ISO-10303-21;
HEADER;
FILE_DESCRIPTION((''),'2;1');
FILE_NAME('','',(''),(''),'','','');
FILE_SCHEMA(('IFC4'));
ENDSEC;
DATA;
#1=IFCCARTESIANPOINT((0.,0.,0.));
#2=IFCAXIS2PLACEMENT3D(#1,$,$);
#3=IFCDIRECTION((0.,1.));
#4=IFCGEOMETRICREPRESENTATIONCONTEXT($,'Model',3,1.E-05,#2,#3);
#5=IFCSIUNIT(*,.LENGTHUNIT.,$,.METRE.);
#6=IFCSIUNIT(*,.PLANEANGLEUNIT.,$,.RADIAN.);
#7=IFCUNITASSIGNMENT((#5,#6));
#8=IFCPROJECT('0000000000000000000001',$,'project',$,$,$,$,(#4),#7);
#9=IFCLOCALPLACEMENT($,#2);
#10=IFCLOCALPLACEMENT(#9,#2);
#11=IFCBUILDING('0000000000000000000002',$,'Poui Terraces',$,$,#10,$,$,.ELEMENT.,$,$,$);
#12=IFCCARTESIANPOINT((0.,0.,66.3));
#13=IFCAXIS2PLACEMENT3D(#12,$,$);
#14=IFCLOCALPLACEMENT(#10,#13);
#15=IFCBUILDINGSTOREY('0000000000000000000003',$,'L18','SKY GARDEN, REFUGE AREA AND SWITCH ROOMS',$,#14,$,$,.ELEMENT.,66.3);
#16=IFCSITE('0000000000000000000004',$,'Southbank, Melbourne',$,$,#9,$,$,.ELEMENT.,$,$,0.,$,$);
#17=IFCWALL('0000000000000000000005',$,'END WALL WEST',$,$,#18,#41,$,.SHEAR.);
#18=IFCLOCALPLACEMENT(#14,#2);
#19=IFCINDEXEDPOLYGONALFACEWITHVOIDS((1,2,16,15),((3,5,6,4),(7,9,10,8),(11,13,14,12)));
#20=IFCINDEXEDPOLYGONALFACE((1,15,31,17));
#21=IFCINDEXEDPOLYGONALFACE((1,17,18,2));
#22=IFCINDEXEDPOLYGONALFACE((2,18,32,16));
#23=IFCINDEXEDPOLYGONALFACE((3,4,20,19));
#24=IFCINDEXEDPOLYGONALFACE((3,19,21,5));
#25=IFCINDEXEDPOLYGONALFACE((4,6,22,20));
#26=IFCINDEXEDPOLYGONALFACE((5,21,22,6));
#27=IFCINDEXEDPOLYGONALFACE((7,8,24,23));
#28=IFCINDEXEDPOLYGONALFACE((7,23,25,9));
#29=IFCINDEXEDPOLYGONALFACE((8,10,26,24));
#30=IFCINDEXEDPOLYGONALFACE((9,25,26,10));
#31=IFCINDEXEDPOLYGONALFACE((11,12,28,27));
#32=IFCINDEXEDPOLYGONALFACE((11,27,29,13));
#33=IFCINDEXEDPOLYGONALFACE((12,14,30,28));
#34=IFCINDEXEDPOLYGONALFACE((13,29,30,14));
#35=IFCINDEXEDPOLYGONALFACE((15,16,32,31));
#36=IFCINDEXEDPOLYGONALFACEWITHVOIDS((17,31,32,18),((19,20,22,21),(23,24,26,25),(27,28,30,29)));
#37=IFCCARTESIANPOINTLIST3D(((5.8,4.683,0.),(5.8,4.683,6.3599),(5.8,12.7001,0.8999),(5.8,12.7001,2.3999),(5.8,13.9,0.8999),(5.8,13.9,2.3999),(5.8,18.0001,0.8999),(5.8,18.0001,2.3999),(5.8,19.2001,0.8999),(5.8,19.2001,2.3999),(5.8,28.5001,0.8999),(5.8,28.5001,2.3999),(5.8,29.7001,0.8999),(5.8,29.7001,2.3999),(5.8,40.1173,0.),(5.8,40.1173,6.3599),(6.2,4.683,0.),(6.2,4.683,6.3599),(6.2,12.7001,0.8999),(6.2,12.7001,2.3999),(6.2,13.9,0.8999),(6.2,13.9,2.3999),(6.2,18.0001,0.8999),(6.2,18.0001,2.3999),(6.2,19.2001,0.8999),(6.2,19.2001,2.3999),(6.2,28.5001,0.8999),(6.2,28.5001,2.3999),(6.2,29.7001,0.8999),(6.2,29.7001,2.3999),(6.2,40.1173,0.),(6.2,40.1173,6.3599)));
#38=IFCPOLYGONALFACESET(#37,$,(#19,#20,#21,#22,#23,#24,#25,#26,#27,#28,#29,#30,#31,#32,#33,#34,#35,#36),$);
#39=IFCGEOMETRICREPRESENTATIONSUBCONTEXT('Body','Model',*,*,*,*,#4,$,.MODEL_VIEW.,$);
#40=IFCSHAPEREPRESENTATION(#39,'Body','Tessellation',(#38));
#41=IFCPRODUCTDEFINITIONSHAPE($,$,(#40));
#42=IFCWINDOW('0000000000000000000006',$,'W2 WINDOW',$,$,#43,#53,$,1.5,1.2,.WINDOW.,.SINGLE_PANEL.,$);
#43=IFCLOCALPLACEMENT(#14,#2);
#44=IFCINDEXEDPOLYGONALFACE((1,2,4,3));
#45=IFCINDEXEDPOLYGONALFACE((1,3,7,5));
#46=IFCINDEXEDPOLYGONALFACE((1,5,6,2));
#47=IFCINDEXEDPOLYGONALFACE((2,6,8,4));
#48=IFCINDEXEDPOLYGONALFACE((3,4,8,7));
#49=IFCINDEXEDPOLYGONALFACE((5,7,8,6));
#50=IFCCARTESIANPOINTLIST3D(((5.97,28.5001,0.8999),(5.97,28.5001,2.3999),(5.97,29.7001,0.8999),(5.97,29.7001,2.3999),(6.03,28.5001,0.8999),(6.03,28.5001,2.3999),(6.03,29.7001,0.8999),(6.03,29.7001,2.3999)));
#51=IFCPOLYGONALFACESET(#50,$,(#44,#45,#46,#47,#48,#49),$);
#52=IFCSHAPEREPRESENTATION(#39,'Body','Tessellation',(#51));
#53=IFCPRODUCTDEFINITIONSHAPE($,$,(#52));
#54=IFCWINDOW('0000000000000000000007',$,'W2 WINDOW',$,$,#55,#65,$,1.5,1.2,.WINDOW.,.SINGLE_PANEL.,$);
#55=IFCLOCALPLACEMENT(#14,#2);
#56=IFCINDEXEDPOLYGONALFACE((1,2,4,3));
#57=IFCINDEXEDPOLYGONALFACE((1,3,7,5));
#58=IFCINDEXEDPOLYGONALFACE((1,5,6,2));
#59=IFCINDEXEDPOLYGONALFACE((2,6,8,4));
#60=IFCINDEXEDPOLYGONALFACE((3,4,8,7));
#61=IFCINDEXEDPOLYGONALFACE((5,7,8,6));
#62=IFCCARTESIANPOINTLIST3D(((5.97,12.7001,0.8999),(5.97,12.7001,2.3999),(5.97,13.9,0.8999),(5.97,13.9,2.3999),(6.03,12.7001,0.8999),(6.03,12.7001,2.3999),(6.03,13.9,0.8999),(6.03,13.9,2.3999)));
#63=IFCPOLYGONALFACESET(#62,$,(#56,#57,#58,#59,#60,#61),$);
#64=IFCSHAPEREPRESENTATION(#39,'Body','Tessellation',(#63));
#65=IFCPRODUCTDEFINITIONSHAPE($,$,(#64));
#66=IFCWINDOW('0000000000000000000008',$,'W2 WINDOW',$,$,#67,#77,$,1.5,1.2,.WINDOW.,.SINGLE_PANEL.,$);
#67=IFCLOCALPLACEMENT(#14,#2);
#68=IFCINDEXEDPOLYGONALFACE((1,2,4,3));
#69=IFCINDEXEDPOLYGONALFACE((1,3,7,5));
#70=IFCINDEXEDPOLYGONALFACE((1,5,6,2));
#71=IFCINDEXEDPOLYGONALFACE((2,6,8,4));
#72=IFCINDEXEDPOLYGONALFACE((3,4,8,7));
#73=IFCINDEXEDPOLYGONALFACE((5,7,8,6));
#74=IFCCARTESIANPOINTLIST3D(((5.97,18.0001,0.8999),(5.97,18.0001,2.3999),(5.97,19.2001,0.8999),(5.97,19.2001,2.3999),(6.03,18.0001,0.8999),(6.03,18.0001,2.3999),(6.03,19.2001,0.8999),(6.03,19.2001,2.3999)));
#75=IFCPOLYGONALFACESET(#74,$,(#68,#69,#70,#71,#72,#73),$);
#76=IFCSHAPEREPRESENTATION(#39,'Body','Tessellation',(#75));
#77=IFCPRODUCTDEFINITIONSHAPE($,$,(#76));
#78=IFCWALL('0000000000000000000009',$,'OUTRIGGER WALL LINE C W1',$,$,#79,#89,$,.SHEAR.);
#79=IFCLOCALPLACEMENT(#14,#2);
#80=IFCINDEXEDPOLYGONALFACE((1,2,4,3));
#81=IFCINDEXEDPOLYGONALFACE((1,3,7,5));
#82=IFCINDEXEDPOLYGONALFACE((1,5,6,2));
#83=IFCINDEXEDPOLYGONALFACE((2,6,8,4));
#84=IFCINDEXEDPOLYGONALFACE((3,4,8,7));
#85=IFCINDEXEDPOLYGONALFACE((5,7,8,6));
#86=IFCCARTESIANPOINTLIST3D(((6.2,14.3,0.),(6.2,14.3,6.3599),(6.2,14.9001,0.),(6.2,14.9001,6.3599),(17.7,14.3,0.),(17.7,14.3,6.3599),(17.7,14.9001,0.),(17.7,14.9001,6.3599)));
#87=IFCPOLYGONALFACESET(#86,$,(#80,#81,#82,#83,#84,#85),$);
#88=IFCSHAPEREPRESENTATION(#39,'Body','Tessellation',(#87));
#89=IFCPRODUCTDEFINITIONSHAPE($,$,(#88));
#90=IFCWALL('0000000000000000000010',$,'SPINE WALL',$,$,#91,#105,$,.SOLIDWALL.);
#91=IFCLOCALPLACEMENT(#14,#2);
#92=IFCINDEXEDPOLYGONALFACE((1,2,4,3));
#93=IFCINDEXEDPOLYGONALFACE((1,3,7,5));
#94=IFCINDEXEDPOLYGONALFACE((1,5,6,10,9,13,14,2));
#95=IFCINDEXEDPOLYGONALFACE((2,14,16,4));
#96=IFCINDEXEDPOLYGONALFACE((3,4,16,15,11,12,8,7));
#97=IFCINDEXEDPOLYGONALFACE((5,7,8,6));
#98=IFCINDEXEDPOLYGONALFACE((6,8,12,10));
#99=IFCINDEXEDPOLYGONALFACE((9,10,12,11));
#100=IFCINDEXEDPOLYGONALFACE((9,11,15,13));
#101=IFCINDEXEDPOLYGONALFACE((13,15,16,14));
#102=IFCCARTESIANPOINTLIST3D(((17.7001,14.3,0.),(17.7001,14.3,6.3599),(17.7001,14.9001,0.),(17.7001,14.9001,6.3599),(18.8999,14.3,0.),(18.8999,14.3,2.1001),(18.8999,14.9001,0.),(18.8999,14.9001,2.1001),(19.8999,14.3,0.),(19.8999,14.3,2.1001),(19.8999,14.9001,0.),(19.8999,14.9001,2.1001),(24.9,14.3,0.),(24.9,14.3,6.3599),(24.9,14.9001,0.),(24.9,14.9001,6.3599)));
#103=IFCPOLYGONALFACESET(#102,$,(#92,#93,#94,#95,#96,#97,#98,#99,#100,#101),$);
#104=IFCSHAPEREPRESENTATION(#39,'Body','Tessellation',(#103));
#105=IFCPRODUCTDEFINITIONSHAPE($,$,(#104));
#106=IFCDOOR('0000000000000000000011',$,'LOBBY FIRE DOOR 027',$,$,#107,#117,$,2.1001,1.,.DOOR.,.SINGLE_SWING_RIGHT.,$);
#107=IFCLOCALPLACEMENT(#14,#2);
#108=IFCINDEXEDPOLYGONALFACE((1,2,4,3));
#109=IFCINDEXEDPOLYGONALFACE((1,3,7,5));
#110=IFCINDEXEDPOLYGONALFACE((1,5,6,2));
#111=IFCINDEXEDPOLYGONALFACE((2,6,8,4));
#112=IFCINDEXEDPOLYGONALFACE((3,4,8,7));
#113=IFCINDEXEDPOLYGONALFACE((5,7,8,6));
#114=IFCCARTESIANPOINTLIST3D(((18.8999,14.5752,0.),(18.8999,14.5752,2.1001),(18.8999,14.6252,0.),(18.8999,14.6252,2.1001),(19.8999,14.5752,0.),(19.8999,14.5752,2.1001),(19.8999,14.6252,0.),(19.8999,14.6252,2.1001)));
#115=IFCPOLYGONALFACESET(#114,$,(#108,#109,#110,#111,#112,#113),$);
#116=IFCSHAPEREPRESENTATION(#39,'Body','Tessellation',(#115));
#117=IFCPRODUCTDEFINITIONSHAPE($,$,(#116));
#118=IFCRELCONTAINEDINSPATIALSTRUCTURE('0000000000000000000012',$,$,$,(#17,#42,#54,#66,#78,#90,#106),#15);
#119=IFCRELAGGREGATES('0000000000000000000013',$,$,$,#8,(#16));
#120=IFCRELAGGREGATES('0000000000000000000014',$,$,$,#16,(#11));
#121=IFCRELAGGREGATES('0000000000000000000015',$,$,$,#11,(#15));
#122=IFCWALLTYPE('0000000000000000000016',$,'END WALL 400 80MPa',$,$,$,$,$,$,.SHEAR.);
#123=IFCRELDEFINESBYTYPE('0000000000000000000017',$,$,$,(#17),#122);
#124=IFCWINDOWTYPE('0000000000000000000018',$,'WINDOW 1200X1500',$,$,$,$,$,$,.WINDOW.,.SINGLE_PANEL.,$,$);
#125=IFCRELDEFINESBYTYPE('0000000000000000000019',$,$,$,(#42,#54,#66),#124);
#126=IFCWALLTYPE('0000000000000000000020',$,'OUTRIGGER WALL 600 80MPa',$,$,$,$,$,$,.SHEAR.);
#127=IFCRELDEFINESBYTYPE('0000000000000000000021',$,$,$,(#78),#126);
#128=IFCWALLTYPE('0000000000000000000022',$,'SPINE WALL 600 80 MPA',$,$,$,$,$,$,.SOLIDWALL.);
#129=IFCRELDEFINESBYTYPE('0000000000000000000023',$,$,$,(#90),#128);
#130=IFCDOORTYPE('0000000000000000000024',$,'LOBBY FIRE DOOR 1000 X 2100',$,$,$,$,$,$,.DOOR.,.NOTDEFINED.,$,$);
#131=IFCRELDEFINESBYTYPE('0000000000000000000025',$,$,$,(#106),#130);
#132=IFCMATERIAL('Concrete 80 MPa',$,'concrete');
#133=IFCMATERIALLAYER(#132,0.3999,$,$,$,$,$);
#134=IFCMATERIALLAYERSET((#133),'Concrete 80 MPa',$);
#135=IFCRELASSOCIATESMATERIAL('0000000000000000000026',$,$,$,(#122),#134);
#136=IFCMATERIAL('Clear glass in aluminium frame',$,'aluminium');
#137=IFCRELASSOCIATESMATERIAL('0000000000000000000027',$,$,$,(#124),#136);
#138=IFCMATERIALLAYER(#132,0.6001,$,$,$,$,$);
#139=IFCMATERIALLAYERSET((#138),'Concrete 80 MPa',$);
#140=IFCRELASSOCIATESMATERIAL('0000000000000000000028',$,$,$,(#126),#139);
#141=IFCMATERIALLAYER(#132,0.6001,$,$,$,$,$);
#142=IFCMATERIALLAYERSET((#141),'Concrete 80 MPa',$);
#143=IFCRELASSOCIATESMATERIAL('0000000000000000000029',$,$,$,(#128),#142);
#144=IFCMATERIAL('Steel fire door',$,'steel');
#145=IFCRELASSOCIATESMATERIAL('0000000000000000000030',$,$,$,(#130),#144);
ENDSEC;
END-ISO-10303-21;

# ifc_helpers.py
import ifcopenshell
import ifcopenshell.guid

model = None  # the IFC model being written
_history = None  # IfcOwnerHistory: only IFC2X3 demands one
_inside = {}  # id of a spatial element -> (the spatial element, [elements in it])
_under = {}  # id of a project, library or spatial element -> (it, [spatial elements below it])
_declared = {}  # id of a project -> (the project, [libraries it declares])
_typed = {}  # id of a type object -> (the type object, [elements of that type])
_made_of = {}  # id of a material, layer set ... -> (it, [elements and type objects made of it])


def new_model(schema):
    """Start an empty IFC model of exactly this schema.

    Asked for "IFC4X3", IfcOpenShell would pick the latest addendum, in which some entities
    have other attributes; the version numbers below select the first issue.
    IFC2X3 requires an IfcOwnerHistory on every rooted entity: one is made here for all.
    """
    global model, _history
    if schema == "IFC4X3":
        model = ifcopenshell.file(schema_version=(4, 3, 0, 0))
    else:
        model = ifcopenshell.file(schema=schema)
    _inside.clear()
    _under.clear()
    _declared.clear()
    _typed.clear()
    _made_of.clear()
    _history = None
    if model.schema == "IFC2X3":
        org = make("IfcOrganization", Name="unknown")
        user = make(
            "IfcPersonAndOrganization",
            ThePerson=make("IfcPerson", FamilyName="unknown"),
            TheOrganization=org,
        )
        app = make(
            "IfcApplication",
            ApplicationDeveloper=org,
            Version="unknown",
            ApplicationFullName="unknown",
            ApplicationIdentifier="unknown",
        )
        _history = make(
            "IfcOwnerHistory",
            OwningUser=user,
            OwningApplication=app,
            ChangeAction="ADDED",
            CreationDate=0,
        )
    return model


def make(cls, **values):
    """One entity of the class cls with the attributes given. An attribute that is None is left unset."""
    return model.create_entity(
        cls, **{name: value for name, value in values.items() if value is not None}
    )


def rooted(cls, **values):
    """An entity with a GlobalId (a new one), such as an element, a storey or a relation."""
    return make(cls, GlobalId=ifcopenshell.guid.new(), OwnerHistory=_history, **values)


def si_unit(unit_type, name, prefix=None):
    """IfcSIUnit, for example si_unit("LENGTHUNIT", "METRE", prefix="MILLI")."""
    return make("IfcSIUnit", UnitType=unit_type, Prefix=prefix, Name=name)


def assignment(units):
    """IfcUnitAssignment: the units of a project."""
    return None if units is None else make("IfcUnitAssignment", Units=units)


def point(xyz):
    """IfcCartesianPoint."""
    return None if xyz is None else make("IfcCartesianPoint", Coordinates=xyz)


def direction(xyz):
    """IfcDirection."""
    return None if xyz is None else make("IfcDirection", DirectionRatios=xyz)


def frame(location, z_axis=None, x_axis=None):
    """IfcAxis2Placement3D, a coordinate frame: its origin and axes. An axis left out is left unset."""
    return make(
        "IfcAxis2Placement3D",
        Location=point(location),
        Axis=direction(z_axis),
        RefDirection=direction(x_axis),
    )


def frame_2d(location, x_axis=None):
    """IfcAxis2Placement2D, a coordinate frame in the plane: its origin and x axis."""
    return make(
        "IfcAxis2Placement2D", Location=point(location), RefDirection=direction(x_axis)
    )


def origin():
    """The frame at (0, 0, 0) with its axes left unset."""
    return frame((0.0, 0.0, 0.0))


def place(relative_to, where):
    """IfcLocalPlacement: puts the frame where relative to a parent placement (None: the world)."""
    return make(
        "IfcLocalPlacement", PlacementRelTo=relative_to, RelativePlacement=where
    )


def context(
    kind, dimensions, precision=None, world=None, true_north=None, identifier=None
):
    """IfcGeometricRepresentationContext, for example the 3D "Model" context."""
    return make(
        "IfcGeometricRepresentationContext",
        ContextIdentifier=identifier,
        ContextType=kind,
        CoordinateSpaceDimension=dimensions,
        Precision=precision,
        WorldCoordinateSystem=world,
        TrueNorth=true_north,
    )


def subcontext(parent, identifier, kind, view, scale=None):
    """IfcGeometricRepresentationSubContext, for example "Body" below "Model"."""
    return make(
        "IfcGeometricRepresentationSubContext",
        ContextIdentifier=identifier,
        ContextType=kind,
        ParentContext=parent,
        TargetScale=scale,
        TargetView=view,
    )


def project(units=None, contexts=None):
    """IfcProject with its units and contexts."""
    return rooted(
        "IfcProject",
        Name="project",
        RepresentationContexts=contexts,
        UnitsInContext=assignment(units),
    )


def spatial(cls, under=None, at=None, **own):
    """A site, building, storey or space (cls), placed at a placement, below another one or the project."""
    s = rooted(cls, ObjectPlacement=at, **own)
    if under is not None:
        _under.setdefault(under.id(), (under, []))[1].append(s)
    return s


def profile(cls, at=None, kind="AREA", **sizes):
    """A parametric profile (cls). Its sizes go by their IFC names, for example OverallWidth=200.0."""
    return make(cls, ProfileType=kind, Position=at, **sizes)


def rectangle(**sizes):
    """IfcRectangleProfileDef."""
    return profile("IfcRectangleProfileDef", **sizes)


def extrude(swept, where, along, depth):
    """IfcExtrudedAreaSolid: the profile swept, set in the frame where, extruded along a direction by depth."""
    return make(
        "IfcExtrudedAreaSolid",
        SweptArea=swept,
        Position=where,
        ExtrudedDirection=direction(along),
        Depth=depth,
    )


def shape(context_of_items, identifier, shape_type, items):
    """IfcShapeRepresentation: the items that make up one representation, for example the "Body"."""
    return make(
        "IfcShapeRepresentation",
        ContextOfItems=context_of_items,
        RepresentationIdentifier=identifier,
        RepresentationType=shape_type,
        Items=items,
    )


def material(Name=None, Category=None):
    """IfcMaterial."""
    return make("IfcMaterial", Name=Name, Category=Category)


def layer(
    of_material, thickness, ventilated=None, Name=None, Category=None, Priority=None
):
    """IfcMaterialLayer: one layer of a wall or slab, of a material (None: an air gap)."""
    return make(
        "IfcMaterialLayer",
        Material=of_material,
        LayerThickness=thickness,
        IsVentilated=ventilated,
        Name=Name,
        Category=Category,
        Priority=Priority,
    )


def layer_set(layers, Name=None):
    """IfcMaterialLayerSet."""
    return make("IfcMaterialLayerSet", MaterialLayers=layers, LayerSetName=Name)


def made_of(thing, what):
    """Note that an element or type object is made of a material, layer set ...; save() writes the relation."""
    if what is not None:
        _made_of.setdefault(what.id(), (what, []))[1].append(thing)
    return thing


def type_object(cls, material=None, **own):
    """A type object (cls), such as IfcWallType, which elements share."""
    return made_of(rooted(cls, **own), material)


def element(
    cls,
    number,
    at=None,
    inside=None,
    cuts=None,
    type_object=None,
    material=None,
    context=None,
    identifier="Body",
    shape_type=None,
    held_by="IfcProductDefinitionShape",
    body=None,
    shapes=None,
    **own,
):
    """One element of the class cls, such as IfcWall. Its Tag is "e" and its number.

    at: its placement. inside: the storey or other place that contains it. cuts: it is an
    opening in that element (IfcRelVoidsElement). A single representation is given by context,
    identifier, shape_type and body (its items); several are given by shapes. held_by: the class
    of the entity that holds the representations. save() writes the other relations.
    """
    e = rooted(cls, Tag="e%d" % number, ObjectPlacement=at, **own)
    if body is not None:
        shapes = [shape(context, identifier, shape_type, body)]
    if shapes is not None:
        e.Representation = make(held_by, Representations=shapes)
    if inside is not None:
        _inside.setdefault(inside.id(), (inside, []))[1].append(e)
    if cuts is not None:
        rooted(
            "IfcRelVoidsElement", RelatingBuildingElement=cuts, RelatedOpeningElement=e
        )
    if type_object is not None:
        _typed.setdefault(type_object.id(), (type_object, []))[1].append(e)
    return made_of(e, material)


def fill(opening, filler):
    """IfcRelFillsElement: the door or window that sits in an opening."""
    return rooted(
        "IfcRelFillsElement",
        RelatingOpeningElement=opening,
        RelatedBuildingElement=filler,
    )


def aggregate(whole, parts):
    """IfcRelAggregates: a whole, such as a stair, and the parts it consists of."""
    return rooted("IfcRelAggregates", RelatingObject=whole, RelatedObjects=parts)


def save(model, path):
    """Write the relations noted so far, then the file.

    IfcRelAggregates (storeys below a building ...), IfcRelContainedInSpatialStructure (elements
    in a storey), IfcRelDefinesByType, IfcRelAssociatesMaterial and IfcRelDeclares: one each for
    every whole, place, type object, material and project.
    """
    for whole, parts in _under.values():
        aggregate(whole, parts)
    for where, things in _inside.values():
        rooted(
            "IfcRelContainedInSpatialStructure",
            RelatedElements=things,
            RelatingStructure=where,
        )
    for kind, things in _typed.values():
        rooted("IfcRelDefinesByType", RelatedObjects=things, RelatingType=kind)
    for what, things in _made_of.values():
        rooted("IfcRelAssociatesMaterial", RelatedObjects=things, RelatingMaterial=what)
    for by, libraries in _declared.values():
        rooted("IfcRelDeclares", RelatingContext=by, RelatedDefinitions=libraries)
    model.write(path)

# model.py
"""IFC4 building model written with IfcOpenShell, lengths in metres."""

from ifc_helpers import new_model, si_unit, direction, frame, frame_2d, origin, place, context, subcontext, project, spatial, rectangle, extrude, material, layer, layer_set, type_object, element, fill, save


model = new_model("IFC4")

# Units and contexts
model_context = context("Model", 3, precision=1e-05, world=origin(), true_north=direction((0.0, 1.0)))
body_context = subcontext(model_context, "Body", "Model", "MODEL_VIEW")
ifc_project = project(units=[si_unit("LENGTHUNIT", "METRE"), si_unit("PLANEANGLEUNIT", "RADIAN")], contexts=[model_context])

# Site, building, storey
site_placement = place(None, origin())
site = spatial("IfcSite", under=ifc_project, at=site_placement, Name="Southbank, Melbourne", CompositionType="ELEMENT", RefElevation=0.0)
building_placement = place(site_placement, origin())
building = spatial("IfcBuilding", under=site, at=building_placement, Name="Poui Terraces", CompositionType="ELEMENT")
storey_placement = place(building_placement, frame((0.0, 0.0, 66.3)))
storey = spatial("IfcBuildingStorey", under=building, at=storey_placement, Name="L18", Description="SKY GARDEN, REFUGE AREA AND SWITCH ROOMS", CompositionType="ELEMENT", Elevation=66.3)

# Shared definitions
ifc_material_1 = material(Name="Concrete 80 MPa", Category="concrete")

# Shared definitions
ifc_material_2 = material(Name="Steel fire door", Category="steel")

# Wall, openings, windows
ifc_layer_1 = layer(ifc_material_1, 0.3999)
ifc_layer_set_1 = layer_set([ifc_layer_1], Name="Concrete 80 MPa")
wall_type_1 = type_object("IfcWallType", Name="END WALL 400 80MPa", PredefinedType="SHEAR", material=ifc_layer_set_1)
wall_1_placement = place(storey_placement, frame((6.0, 4.6829, 0.0), z_axis=(0.0, 0.0, 1.0), x_axis=(0.0, 1.0, 0.0)))
wall_1 = element("IfcWall", 1, at=wall_1_placement, inside=storey, type_object=wall_type_1, Name="END WALL WEST", PredefinedType="SHEAR", context=body_context, shape_type="SweptSolid", body=[
    extrude(rectangle(XDim=35.4343, YDim=0.3999, at=frame_2d((17.7173, 0.0))), origin(), (0.0, 0.0, 1.0), 6.3599),
])
opening_1_placement = place(wall_1_placement, frame((23.8171, 0.0, 0.8999)))
opening_1 = element("IfcOpeningElement", 2, at=opening_1_placement, cuts=wall_1, PredefinedType="OPENING", context=body_context, shape_type="SweptSolid", body=[
    extrude(rectangle(XDim=1.2, YDim=1.5, at=frame_2d((0.6001, 0.75))), frame((0.0, 0.21, 0.0), z_axis=(0.0, -1.0, 0.0), x_axis=(1.0, 0.0, 0.0)), (0.0, 0.0, 1.0), 0.4199),
])
opening_2_placement = place(wall_1_placement, frame((8.0171, 0.0, 0.8999)))
opening_2 = element("IfcOpeningElement", 3, at=opening_2_placement, cuts=wall_1, PredefinedType="OPENING", context=body_context, shape_type="SweptSolid", body=[
    extrude(rectangle(XDim=1.2, YDim=1.5, at=frame_2d((0.6001, 0.75))), frame((0.0, 0.21, 0.0), z_axis=(0.0, -1.0, 0.0), x_axis=(1.0, 0.0, 0.0)), (0.0, 0.0, 1.0), 0.4199),
])
opening_3_placement = place(wall_1_placement, frame((13.3171, 0.0, 0.8999)))
opening_3 = element("IfcOpeningElement", 4, at=opening_3_placement, cuts=wall_1, PredefinedType="OPENING", context=body_context, shape_type="SweptSolid", body=[
    extrude(rectangle(XDim=1.2, YDim=1.5, at=frame_2d((0.6001, 0.75))), frame((0.0, 0.21, 0.0), z_axis=(0.0, -1.0, 0.0), x_axis=(1.0, 0.0, 0.0)), (0.0, 0.0, 1.0), 0.4199),
])
ifc_material_3 = material(Name="Clear glass in aluminium frame", Category="aluminium")
window_type = type_object("IfcWindowType", Name="WINDOW 1200X1500", PartitioningType="SINGLE_PANEL", PredefinedType="WINDOW", material=ifc_material_3)
window_1_placement = place(opening_1_placement, origin())
window_1 = element("IfcWindow", 5, at=window_1_placement, inside=storey, type_object=window_type, Name="W2 WINDOW", OverallHeight=1.5, OverallWidth=1.2, PartitioningType="SINGLE_PANEL", PredefinedType="WINDOW", context=body_context, shape_type="SweptSolid", body=[
    extrude(rectangle(XDim=1.2, YDim=1.5, at=frame_2d((0.6001, 0.75))), frame((0.0, 0.03, 0.0), z_axis=(0.0, -1.0, 0.0), x_axis=(1.0, 0.0, 0.0)), (0.0, 0.0, 1.0), 0.0601),
])
fill(opening_1, window_1)
window_2_placement = place(opening_2_placement, origin())
window_2 = element("IfcWindow", 6, at=window_2_placement, inside=storey, type_object=window_type, Name="W2 WINDOW", OverallHeight=1.5, OverallWidth=1.2, PartitioningType="SINGLE_PANEL", PredefinedType="WINDOW", context=body_context, shape_type="SweptSolid", body=[
    extrude(rectangle(XDim=1.2, YDim=1.5, at=frame_2d((0.6001, 0.75))), frame((0.0, 0.03, 0.0), z_axis=(0.0, -1.0, 0.0), x_axis=(1.0, 0.0, 0.0)), (0.0, 0.0, 1.0), 0.0601),
])
fill(opening_2, window_2)
window_3_placement = place(opening_3_placement, origin())
window_3 = element("IfcWindow", 7, at=window_3_placement, inside=storey, type_object=window_type, Name="W2 WINDOW", OverallHeight=1.5, OverallWidth=1.2, PartitioningType="SINGLE_PANEL", PredefinedType="WINDOW", context=body_context, shape_type="SweptSolid", body=[
    extrude(rectangle(XDim=1.2, YDim=1.5, at=frame_2d((0.6001, 0.75))), frame((0.0, 0.03, 0.0), z_axis=(0.0, -1.0, 0.0), x_axis=(1.0, 0.0, 0.0)), (0.0, 0.0, 1.0), 0.0601),
])
fill(opening_3, window_3)

# Wall
ifc_layer_2 = layer(ifc_material_1, 0.6001)
ifc_layer_set_2 = layer_set([ifc_layer_2], Name="Concrete 80 MPa")
wall_type_2 = type_object("IfcWallType", Name="OUTRIGGER WALL 600 80MPa", PredefinedType="SHEAR", material=ifc_layer_set_2)
wall_2_placement = place(storey_placement, frame((6.2, 14.6001, 0.0), z_axis=(0.0, 0.0, 1.0), x_axis=(1.0, 0.0, 0.0)))
element("IfcWall", 8, at=wall_2_placement, inside=storey, type_object=wall_type_2, Name="OUTRIGGER WALL LINE C W1", PredefinedType="SHEAR", context=body_context, shape_type="SweptSolid", body=[
    extrude(rectangle(XDim=11.5, YDim=0.6001, at=frame_2d((5.75, 0.0))), origin(), (0.0, 0.0, 1.0), 6.3599),
])

# Wall, opening, door
ifc_layer_3 = layer(ifc_material_1, 0.6001)
ifc_layer_set_3 = layer_set([ifc_layer_3], Name="Concrete 80 MPa")
wall_type_3 = type_object("IfcWallType", Name="SPINE WALL 600 80 MPA", PredefinedType="SOLIDWALL", material=ifc_layer_set_3)
wall_3_placement = place(storey_placement, frame((17.7, 14.6001, 0.0), z_axis=(0.0, 0.0, 1.0), x_axis=(1.0, 0.0, 0.0)))
wall_3 = element("IfcWall", 9, at=wall_3_placement, inside=storey, type_object=wall_type_3, Name="SPINE WALL", PredefinedType="SOLIDWALL", context=body_context, shape_type="SweptSolid", body=[
    extrude(rectangle(XDim=7.2, YDim=0.6001, at=frame_2d((3.6001, 0.0))), origin(), (0.0, 0.0, 1.0), 6.3599),
])
opening_4_placement = place(wall_3_placement, frame((1.2, 0.0, 0.0)))
opening_4 = element("IfcOpeningElement", 10, at=opening_4_placement, cuts=wall_3, PredefinedType="OPENING", context=body_context, shape_type="SweptSolid", body=[
    extrude(rectangle(XDim=1.0, YDim=2.1001, at=frame_2d((0.5, 1.05))), frame((0.0, 0.3101, 0.0), z_axis=(0.0, -1.0, 0.0), x_axis=(1.0, 0.0, 0.0)), (0.0, 0.0, 1.0), 0.6201),
])
door_type_1 = type_object("IfcDoorType", Name="LOBBY FIRE DOOR 1000 X 2100", OperationType="NOTDEFINED", PredefinedType="DOOR", material=ifc_material_2)
door_1_placement = place(opening_4_placement, frame((1.0, 0.0, 0.0), z_axis=(0.0, 0.0, 1.0), x_axis=(-1.0, 0.0, 0.0)))
door_1 = element("IfcDoor", 11, at=door_1_placement, inside=storey, type_object=door_type_1, Name="LOBBY FIRE DOOR 027", OperationType="SINGLE_SWING_RIGHT", OverallHeight=2.1001, OverallWidth=1.0, PredefinedType="DOOR", context=body_context, shape_type="SweptSolid", body=[
    extrude(rectangle(XDim=1.0, YDim=2.1001, at=frame_2d((0.5, 1.05))), frame((0.0, 0.0249, 0.0), z_axis=(0.0, -1.0, 0.0), x_axis=(1.0, 0.0, 0.0)), (0.0, 0.0, 1.0), 0.05),
])
fill(opening_4, door_1)

save(model, "model.ifc")
